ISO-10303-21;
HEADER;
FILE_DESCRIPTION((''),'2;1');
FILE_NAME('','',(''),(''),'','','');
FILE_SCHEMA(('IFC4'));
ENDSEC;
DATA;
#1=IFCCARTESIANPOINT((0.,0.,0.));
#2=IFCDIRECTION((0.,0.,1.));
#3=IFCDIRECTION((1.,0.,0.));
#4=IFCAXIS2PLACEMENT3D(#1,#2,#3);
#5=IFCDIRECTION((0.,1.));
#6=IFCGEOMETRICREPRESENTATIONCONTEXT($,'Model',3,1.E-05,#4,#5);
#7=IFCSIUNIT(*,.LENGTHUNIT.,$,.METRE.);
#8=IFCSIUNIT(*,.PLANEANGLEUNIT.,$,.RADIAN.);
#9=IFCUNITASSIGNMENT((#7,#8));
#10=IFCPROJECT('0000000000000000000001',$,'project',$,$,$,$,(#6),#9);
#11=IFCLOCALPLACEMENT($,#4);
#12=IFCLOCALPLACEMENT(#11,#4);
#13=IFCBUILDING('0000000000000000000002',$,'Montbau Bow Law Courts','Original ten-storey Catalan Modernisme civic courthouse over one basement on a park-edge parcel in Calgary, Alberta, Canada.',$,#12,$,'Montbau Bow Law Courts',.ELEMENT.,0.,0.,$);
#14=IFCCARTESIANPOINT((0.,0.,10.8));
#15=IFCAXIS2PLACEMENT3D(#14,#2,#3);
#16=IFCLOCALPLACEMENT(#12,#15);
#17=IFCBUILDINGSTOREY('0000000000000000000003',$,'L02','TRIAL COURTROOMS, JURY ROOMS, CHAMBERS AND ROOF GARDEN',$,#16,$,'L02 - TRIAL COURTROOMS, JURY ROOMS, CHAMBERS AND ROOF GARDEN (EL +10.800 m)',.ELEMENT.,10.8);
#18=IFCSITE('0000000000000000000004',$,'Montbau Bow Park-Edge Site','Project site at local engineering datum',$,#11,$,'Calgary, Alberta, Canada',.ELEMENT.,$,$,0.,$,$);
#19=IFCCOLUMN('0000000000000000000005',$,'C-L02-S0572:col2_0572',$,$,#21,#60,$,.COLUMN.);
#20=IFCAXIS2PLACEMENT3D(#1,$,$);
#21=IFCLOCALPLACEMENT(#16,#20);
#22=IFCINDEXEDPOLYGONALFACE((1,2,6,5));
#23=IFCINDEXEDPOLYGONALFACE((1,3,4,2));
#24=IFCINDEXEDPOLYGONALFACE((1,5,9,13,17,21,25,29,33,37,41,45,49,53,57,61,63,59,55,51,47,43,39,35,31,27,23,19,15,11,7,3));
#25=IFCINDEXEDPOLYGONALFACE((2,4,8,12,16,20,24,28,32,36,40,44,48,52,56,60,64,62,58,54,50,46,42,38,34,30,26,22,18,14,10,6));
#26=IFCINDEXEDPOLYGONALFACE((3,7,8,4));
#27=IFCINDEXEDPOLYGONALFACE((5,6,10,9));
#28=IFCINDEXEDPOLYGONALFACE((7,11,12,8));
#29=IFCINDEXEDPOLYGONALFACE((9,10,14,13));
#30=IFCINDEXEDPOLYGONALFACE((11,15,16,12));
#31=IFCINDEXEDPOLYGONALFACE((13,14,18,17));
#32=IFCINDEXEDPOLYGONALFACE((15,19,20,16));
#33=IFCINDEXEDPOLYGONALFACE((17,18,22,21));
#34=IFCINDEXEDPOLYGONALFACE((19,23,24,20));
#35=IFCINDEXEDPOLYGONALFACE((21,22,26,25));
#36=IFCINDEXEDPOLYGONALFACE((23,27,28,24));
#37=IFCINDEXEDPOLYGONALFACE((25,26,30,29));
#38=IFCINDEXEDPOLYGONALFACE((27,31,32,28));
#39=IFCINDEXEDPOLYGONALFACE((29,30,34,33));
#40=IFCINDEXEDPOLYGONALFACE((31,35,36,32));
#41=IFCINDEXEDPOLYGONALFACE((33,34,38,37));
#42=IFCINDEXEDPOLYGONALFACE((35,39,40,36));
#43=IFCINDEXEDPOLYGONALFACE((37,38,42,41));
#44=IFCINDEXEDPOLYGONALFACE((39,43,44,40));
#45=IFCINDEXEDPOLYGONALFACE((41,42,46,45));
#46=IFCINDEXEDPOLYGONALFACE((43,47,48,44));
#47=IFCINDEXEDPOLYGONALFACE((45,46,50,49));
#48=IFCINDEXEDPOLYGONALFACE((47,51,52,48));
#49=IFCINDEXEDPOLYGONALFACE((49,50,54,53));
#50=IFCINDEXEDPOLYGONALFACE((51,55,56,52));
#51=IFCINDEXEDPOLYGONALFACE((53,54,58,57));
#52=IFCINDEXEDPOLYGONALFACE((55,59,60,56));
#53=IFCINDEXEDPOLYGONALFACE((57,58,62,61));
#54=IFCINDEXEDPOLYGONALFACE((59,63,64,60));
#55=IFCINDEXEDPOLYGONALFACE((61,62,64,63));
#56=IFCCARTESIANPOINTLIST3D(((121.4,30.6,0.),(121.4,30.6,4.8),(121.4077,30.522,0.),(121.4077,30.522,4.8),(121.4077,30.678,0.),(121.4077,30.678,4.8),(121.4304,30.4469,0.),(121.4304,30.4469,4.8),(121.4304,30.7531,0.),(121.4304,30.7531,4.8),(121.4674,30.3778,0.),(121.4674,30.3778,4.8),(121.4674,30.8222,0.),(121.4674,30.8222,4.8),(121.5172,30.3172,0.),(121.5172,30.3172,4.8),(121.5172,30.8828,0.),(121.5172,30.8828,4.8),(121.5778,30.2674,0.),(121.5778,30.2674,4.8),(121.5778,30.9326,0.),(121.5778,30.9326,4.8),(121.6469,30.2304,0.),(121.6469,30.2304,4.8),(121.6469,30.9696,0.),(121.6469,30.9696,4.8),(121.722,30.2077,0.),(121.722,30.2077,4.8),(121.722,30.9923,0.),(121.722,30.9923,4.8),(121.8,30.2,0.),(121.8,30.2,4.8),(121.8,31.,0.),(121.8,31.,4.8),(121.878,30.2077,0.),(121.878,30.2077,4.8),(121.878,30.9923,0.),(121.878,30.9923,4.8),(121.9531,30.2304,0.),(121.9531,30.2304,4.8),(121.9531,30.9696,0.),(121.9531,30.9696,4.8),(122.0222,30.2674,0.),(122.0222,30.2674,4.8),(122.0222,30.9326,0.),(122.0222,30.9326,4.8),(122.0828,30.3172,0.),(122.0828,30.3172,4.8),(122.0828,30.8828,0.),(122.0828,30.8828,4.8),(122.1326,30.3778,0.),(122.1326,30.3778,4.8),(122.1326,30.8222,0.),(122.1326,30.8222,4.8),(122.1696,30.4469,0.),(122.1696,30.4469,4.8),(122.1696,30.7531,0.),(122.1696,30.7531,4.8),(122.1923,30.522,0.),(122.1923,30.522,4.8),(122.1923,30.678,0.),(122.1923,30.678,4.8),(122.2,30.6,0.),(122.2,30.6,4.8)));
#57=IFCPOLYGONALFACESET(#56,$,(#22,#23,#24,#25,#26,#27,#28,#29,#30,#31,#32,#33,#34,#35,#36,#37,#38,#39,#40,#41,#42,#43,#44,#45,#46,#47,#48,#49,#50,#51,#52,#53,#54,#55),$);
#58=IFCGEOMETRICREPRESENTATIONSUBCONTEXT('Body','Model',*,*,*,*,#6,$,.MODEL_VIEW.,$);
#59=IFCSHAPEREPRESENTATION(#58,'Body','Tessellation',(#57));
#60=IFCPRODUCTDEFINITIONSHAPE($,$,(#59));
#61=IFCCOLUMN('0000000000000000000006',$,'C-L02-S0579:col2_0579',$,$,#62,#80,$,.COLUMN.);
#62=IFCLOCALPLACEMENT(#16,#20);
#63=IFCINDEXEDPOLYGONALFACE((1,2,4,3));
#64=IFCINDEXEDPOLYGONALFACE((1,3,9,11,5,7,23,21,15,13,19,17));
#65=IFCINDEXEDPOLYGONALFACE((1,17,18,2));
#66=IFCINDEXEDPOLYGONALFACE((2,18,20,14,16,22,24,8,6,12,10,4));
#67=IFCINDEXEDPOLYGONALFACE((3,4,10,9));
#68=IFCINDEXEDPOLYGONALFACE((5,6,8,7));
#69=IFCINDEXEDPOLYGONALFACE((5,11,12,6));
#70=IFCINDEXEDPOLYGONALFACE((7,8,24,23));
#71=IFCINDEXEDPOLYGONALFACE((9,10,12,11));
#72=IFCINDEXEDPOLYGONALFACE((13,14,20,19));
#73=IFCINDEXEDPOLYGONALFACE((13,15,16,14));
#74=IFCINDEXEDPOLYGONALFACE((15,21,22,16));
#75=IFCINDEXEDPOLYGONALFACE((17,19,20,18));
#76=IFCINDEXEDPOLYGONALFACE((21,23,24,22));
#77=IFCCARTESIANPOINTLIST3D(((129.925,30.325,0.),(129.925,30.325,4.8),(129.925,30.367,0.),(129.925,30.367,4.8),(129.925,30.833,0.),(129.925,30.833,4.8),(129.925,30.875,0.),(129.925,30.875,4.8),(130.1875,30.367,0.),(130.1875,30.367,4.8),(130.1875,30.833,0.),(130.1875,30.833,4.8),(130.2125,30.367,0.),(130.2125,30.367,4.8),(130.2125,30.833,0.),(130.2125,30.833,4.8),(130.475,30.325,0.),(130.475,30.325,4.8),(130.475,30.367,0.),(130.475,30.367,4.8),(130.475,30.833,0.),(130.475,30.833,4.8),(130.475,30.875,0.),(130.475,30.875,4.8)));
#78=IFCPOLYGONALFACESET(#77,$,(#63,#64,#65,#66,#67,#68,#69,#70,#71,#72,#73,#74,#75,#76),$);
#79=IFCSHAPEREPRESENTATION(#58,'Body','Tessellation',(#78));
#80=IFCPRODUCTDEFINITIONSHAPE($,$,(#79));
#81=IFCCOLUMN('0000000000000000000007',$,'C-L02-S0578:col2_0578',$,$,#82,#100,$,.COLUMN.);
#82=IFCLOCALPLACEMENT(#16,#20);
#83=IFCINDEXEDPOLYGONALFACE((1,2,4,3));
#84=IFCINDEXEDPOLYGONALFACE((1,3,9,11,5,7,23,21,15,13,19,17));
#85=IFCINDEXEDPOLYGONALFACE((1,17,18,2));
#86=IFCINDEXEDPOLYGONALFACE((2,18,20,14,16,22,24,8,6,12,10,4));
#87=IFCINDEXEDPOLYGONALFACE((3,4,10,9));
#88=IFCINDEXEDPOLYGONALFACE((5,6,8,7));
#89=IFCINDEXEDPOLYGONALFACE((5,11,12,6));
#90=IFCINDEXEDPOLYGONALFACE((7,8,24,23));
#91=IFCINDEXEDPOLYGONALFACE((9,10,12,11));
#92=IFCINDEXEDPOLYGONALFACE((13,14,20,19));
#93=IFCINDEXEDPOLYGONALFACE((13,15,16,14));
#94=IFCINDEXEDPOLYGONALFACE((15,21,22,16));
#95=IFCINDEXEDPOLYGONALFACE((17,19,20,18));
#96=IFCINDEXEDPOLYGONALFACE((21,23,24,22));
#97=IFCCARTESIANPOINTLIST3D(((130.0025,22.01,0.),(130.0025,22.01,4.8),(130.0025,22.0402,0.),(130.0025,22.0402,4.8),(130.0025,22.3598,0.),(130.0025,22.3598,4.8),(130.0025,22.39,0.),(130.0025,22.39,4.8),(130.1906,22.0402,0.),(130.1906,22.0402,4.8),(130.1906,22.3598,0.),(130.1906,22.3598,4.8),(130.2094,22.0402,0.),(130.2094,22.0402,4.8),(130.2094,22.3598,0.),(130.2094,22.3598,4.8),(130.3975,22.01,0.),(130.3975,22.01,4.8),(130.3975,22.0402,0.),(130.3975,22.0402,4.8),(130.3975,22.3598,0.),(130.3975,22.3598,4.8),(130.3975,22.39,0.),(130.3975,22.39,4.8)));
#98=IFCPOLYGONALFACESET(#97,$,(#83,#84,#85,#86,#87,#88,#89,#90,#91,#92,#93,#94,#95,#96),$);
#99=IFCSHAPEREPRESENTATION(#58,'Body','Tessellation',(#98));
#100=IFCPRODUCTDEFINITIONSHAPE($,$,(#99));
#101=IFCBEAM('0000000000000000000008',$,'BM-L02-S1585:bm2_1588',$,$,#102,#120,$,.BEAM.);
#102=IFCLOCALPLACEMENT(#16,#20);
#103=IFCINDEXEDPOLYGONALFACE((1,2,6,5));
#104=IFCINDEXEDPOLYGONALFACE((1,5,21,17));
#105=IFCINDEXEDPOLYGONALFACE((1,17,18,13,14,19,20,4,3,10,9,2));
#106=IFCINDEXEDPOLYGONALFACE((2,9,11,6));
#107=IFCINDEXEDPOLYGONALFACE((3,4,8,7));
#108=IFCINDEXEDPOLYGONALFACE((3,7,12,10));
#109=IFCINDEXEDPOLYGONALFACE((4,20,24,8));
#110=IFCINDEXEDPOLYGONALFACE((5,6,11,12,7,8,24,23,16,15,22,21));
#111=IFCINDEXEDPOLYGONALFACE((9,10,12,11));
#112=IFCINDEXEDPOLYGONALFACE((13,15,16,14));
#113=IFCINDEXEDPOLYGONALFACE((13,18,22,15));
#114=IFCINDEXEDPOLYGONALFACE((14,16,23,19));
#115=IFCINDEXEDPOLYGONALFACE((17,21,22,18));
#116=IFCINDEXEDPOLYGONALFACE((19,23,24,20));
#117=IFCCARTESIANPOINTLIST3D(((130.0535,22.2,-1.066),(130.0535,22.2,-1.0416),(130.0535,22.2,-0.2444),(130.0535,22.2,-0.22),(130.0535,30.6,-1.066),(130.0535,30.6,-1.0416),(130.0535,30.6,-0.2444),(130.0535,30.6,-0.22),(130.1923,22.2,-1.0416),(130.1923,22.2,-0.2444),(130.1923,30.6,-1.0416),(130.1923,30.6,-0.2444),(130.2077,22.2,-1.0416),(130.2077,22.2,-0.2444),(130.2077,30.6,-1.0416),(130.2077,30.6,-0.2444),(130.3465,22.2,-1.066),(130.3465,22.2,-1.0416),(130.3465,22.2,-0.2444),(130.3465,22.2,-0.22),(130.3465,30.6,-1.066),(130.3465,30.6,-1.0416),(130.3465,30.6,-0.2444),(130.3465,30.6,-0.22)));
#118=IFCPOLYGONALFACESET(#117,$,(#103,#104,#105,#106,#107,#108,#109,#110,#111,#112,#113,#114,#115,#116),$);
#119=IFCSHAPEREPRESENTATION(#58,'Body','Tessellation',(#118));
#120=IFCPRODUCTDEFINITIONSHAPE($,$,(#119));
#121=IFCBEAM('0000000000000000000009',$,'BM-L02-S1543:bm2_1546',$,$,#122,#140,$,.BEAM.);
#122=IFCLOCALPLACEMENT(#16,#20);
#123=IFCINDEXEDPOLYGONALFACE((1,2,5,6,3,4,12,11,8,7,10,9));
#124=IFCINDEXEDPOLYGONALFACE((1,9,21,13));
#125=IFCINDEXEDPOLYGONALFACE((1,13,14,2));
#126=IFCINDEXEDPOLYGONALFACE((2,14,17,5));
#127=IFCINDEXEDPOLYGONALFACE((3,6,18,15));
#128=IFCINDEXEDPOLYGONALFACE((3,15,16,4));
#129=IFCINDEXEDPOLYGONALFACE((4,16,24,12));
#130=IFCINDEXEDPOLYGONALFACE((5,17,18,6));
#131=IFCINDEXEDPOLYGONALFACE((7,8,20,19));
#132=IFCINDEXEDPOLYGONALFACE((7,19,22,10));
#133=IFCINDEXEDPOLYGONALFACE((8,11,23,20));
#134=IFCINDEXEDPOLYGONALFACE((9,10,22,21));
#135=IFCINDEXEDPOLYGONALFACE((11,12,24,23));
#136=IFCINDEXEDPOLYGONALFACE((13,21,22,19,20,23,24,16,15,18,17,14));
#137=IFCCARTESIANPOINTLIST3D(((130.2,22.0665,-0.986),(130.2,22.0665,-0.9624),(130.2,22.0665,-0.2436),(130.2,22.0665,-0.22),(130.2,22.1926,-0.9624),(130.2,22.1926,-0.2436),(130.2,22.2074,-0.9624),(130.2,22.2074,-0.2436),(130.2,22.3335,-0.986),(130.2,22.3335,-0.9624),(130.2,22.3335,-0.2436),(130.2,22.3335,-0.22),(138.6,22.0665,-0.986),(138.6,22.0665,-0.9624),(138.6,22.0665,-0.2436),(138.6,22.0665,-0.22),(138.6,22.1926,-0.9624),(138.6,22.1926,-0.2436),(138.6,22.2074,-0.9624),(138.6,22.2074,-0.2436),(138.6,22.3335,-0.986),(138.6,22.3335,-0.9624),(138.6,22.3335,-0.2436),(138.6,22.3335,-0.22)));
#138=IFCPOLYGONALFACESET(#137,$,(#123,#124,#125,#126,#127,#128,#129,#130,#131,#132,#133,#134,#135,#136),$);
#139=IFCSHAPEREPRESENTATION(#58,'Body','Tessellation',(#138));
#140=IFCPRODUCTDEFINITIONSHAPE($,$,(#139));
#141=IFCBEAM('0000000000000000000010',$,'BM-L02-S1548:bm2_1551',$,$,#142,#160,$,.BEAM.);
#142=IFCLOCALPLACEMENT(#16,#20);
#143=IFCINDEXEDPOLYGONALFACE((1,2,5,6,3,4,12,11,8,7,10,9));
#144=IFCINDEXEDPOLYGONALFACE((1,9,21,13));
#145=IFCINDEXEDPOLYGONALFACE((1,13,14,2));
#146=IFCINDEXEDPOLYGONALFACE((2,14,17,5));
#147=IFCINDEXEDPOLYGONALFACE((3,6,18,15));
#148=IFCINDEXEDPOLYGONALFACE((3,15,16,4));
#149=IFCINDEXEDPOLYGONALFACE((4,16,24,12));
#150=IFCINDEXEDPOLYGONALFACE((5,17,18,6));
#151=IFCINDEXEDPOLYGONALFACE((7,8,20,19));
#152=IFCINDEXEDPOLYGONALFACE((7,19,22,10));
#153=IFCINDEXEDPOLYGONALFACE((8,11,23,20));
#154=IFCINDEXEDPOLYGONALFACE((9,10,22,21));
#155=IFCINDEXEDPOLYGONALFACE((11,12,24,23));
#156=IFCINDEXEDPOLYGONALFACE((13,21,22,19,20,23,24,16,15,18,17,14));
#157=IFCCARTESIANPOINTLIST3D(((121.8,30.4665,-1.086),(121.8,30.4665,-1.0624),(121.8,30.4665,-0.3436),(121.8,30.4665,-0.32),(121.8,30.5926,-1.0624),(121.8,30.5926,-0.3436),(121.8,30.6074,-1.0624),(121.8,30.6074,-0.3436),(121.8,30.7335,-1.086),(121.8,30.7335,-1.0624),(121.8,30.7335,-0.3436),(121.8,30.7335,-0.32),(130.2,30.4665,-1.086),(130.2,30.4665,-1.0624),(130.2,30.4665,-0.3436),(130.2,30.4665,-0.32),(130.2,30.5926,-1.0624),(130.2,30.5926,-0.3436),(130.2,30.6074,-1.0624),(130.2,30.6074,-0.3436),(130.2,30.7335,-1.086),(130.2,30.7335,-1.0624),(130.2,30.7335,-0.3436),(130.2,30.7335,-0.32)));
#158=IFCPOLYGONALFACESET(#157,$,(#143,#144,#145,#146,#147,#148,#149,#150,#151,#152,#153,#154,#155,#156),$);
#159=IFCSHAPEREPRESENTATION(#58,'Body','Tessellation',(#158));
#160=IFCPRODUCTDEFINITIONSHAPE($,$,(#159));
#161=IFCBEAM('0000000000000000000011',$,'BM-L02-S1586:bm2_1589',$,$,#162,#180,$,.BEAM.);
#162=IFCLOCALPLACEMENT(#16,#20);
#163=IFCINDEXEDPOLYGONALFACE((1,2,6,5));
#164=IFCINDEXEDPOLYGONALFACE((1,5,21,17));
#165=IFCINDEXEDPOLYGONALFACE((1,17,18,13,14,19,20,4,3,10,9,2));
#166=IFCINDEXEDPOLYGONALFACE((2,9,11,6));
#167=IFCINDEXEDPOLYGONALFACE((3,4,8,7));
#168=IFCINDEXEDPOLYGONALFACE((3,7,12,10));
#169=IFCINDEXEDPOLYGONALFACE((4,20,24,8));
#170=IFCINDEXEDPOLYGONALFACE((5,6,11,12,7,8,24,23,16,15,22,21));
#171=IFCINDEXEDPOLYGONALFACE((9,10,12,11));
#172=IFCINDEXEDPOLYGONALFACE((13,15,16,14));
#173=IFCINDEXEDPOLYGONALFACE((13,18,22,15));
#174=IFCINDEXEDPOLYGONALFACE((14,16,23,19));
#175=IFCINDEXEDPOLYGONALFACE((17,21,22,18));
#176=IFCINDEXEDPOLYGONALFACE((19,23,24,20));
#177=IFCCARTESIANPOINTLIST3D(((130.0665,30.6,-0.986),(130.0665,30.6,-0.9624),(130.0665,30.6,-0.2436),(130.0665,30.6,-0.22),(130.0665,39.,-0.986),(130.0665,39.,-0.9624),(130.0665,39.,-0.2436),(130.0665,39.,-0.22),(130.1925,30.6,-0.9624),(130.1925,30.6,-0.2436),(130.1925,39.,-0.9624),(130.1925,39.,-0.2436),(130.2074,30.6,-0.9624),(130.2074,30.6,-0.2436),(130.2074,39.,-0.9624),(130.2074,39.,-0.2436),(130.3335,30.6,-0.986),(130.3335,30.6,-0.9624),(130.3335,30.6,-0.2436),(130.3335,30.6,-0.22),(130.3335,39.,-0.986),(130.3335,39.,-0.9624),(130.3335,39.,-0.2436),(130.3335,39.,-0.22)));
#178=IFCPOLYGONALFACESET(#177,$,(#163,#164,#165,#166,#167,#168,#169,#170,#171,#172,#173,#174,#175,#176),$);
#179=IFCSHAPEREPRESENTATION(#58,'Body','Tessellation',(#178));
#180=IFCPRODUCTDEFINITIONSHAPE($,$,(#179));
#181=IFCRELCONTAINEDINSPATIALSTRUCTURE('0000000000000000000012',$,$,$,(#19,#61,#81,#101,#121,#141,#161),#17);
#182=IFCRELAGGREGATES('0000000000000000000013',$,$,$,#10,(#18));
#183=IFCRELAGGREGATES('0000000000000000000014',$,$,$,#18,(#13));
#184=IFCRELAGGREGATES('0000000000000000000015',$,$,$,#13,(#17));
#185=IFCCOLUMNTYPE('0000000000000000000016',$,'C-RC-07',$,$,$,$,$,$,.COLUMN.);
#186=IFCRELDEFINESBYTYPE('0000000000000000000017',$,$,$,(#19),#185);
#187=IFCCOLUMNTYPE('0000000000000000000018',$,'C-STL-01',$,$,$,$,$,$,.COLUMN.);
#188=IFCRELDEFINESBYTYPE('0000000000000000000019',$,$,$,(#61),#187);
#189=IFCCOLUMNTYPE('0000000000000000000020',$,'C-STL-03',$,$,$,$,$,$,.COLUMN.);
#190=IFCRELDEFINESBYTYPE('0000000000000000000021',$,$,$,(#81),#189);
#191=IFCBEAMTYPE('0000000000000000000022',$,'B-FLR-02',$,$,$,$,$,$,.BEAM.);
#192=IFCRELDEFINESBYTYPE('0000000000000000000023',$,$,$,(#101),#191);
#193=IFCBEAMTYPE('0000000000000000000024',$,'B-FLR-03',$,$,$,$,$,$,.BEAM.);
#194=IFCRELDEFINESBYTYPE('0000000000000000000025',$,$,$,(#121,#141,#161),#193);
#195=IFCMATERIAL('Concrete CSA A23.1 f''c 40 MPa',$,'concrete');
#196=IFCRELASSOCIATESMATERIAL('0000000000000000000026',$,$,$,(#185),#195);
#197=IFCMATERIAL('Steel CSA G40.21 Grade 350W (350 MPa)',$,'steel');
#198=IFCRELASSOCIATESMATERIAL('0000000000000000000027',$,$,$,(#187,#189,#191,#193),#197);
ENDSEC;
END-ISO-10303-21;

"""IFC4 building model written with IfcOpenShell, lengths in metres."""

from ifc_helpers import new_model, si_unit, direction, frame, origin_with_axes, origin_2d_with_axis, place, context, subcontext, project, spatial, circle, i_section, extrude, material, material_profile, profile_set, type_object, element, save


model = new_model("IFC4")

# Units and contexts
model_context = context("Model", 3, precision=1e-05, world=origin_with_axes(), true_north=direction((0.0, 1.0)))
body_context = subcontext(model_context, "Body", "Model", "MODEL_VIEW")
ifc_project = project(units=[si_unit("LENGTHUNIT", "METRE"), si_unit("PLANEANGLEUNIT", "RADIAN")], contexts=[model_context])

# Site, building, storey
site_placement = place(None, origin_with_axes())
site = spatial("IfcSite", under=ifc_project, at=site_placement, Name="Montbau Bow Park-Edge Site", Description="Project site at local engineering datum", LongName="Calgary, Alberta, Canada", CompositionType="ELEMENT", RefElevation=0.0)
building_placement = place(site_placement, origin_with_axes())
building = spatial("IfcBuilding", under=site, at=building_placement, Name="Montbau Bow Law Courts", Description="Original ten-storey Catalan Modernisme civic courthouse over one basement on a park-edge parcel in Calgary, Alberta, Canada.", LongName="Montbau Bow Law Courts", CompositionType="ELEMENT", ElevationOfRefHeight=0.0, ElevationOfTerrain=0.0)
storey_placement = place(building_placement, frame((0.0, 0.0, 10.8), z_axis=(0.0, 0.0, 1.0), x_axis=(1.0, 0.0, 0.0)))
storey = spatial("IfcBuildingStorey", under=building, at=storey_placement, Name="L02", Description="TRIAL COURTROOMS, JURY ROOMS, CHAMBERS AND ROOF GARDEN", LongName="L02 - TRIAL COURTROOMS, JURY ROOMS, CHAMBERS AND ROOF GARDEN (EL +10.800 m)", CompositionType="ELEMENT", Elevation=10.8)

# Columns
ifc_material_1 = material(Name="Concrete CSA A23.1 f'c 40 MPa", Category="concrete")
ifc_material_profile_1 = material_profile(ifc_material_1, circle(Radius=0.4, at=origin_2d_with_axis()), Name="RC800D", Category="Main", Priority=0)
ifc_profile_set_1 = profile_set([ifc_material_profile_1], Name="Concrete CSA A23.1 f'c 40 MPa")
column_type_1 = type_object("IfcColumnType", Name="C-RC-07", PredefinedType="COLUMN", material=ifc_profile_set_1)
column_1_placement = place(None, frame((121.8, 30.6, 10.8), z_axis=(0.0, 0.0, 1.0), x_axis=(1.0, 0.0, 0.0)))
element("IfcColumn", 1, at=column_1_placement, inside=storey, type_object=column_type_1, Name="C-L02-S0572:col2_0572", PredefinedType="COLUMN", context=body_context, shape_type="SweptSolid", body=[
    extrude(circle(Radius=0.4, at=origin_2d_with_axis()), origin_with_axes(), (0.0, 0.0, 1.0), 4.8),
])
ifc_material_2 = material(Name="Steel CSA G40.21 Grade 350W (350 MPa)", Category="steel")
ifc_material_profile_2 = material_profile(ifc_material_2, i_section(OverallWidth=0.55, OverallDepth=0.55, WebThickness=0.025, FlangeThickness=0.042, at=origin_2d_with_axis()), Name="WWF550X420", Category="Main", Priority=0)
ifc_profile_set_2 = profile_set([ifc_material_profile_2], Name="Steel CSA G40.21 Grade 350W (350 MPa)")
column_type_2 = type_object("IfcColumnType", Name="C-STL-01", PredefinedType="COLUMN", material=ifc_profile_set_2)
column_2_placement = place(None, frame((130.2, 30.6, 10.8), z_axis=(0.0, 0.0, 1.0), x_axis=(1.0, 0.0, 0.0)))
element("IfcColumn", 2, at=column_2_placement, inside=storey, type_object=column_type_2, Name="C-L02-S0579:col2_0579", PredefinedType="COLUMN", context=body_context, shape_type="SweptSolid", body=[
    extrude(i_section(OverallWidth=0.55, OverallDepth=0.55, WebThickness=0.025, FlangeThickness=0.042, at=origin_2d_with_axis()), origin_with_axes(), (0.0, 0.0, 1.0), 4.8),
])
ifc_material_profile_3 = material_profile(ifc_material_2, i_section(OverallWidth=0.395, OverallDepth=0.38, WebThickness=0.0189, FlangeThickness=0.0302, at=origin_2d_with_axis()), Name="W360X237", Category="Main", Priority=0)
ifc_profile_set_3 = profile_set([ifc_material_profile_3], Name="Steel CSA G40.21 Grade 350W (350 MPa)")
column_type_3 = type_object("IfcColumnType", Name="C-STL-03", PredefinedType="COLUMN", material=ifc_profile_set_3)
column_3_placement = place(None, frame((130.2, 22.2, 10.8), z_axis=(0.0, 0.0, 1.0), x_axis=(1.0, 0.0, 0.0)))
element("IfcColumn", 3, at=column_3_placement, inside=storey, type_object=column_type_3, Name="C-L02-S0578:col2_0578", PredefinedType="COLUMN", context=body_context, shape_type="SweptSolid", body=[
    extrude(i_section(OverallWidth=0.395, OverallDepth=0.38, WebThickness=0.0189, FlangeThickness=0.0302, at=origin_2d_with_axis()), origin_with_axes(), (0.0, 0.0, 1.0), 4.8),
])

# Beams
ifc_material_profile_4 = material_profile(ifc_material_2, i_section(OverallWidth=0.293, OverallDepth=0.846, WebThickness=0.0154, FlangeThickness=0.0244, at=origin_2d_with_axis()), Name="W840X210", Category="Main", Priority=0)
ifc_profile_set_4 = profile_set([ifc_material_profile_4], Name="Steel CSA G40.21 Grade 350W (350 MPa)")
beam_type_1 = type_object("IfcBeamType", Name="B-FLR-02", PredefinedType="BEAM", material=ifc_profile_set_4)
beam_1_placement = place(None, frame((130.2, 22.2, 10.157), z_axis=(0.0, 1.0, 0.0), x_axis=(-1.0, 0.0, 0.0)))
element("IfcBeam", 4, at=beam_1_placement, inside=storey, type_object=beam_type_1, Name="BM-L02-S1585:bm2_1588", PredefinedType="BEAM", context=body_context, shape_type="SweptSolid", body=[
    extrude(i_section(OverallWidth=0.293, OverallDepth=0.846, WebThickness=0.0154, FlangeThickness=0.0244, at=origin_2d_with_axis()), origin_with_axes(), (0.0, 0.0, 1.0), 8.4),
])
ifc_material_profile_5 = material_profile(ifc_material_2, i_section(OverallWidth=0.267, OverallDepth=0.766, WebThickness=0.0149, FlangeThickness=0.0236, at=origin_2d_with_axis()), Name="W760X185", Category="Main", Priority=0)
ifc_profile_set_5 = profile_set([ifc_material_profile_5], Name="Steel CSA G40.21 Grade 350W (350 MPa)")
beam_type_2 = type_object("IfcBeamType", Name="B-FLR-03", PredefinedType="BEAM", material=ifc_profile_set_5)
for number, where, z_axis, x_axis, name in (
    (5, (130.2, 22.2, 10.197), (1.0, 0.0, 0.0), (0.0, 1.0, 0.0), "BM-L02-S1543:bm2_1546"),
    (6, (121.8, 30.6, 10.097), (1.0, 0.0, 0.0), (0.0, 1.0, 0.0), "BM-L02-S1548:bm2_1551"),
    (7, (130.2, 30.6, 10.197), (0.0, 1.0, 0.0), (-1.0, 0.0, 0.0), "BM-L02-S1586:bm2_1589"),
):
    element("IfcBeam", number, at=place(None, frame(where, z_axis=z_axis, x_axis=x_axis)), inside=storey, type_object=beam_type_2, Name=name, PredefinedType="BEAM", context=body_context, shape_type="SweptSolid", body=[
        extrude(i_section(OverallWidth=0.267, OverallDepth=0.766, WebThickness=0.0149, FlangeThickness=0.0236, at=origin_2d_with_axis()), origin_with_axes(), (0.0, 0.0, 1.0), 8.4),
    ])

save(model, "model.ifc")
